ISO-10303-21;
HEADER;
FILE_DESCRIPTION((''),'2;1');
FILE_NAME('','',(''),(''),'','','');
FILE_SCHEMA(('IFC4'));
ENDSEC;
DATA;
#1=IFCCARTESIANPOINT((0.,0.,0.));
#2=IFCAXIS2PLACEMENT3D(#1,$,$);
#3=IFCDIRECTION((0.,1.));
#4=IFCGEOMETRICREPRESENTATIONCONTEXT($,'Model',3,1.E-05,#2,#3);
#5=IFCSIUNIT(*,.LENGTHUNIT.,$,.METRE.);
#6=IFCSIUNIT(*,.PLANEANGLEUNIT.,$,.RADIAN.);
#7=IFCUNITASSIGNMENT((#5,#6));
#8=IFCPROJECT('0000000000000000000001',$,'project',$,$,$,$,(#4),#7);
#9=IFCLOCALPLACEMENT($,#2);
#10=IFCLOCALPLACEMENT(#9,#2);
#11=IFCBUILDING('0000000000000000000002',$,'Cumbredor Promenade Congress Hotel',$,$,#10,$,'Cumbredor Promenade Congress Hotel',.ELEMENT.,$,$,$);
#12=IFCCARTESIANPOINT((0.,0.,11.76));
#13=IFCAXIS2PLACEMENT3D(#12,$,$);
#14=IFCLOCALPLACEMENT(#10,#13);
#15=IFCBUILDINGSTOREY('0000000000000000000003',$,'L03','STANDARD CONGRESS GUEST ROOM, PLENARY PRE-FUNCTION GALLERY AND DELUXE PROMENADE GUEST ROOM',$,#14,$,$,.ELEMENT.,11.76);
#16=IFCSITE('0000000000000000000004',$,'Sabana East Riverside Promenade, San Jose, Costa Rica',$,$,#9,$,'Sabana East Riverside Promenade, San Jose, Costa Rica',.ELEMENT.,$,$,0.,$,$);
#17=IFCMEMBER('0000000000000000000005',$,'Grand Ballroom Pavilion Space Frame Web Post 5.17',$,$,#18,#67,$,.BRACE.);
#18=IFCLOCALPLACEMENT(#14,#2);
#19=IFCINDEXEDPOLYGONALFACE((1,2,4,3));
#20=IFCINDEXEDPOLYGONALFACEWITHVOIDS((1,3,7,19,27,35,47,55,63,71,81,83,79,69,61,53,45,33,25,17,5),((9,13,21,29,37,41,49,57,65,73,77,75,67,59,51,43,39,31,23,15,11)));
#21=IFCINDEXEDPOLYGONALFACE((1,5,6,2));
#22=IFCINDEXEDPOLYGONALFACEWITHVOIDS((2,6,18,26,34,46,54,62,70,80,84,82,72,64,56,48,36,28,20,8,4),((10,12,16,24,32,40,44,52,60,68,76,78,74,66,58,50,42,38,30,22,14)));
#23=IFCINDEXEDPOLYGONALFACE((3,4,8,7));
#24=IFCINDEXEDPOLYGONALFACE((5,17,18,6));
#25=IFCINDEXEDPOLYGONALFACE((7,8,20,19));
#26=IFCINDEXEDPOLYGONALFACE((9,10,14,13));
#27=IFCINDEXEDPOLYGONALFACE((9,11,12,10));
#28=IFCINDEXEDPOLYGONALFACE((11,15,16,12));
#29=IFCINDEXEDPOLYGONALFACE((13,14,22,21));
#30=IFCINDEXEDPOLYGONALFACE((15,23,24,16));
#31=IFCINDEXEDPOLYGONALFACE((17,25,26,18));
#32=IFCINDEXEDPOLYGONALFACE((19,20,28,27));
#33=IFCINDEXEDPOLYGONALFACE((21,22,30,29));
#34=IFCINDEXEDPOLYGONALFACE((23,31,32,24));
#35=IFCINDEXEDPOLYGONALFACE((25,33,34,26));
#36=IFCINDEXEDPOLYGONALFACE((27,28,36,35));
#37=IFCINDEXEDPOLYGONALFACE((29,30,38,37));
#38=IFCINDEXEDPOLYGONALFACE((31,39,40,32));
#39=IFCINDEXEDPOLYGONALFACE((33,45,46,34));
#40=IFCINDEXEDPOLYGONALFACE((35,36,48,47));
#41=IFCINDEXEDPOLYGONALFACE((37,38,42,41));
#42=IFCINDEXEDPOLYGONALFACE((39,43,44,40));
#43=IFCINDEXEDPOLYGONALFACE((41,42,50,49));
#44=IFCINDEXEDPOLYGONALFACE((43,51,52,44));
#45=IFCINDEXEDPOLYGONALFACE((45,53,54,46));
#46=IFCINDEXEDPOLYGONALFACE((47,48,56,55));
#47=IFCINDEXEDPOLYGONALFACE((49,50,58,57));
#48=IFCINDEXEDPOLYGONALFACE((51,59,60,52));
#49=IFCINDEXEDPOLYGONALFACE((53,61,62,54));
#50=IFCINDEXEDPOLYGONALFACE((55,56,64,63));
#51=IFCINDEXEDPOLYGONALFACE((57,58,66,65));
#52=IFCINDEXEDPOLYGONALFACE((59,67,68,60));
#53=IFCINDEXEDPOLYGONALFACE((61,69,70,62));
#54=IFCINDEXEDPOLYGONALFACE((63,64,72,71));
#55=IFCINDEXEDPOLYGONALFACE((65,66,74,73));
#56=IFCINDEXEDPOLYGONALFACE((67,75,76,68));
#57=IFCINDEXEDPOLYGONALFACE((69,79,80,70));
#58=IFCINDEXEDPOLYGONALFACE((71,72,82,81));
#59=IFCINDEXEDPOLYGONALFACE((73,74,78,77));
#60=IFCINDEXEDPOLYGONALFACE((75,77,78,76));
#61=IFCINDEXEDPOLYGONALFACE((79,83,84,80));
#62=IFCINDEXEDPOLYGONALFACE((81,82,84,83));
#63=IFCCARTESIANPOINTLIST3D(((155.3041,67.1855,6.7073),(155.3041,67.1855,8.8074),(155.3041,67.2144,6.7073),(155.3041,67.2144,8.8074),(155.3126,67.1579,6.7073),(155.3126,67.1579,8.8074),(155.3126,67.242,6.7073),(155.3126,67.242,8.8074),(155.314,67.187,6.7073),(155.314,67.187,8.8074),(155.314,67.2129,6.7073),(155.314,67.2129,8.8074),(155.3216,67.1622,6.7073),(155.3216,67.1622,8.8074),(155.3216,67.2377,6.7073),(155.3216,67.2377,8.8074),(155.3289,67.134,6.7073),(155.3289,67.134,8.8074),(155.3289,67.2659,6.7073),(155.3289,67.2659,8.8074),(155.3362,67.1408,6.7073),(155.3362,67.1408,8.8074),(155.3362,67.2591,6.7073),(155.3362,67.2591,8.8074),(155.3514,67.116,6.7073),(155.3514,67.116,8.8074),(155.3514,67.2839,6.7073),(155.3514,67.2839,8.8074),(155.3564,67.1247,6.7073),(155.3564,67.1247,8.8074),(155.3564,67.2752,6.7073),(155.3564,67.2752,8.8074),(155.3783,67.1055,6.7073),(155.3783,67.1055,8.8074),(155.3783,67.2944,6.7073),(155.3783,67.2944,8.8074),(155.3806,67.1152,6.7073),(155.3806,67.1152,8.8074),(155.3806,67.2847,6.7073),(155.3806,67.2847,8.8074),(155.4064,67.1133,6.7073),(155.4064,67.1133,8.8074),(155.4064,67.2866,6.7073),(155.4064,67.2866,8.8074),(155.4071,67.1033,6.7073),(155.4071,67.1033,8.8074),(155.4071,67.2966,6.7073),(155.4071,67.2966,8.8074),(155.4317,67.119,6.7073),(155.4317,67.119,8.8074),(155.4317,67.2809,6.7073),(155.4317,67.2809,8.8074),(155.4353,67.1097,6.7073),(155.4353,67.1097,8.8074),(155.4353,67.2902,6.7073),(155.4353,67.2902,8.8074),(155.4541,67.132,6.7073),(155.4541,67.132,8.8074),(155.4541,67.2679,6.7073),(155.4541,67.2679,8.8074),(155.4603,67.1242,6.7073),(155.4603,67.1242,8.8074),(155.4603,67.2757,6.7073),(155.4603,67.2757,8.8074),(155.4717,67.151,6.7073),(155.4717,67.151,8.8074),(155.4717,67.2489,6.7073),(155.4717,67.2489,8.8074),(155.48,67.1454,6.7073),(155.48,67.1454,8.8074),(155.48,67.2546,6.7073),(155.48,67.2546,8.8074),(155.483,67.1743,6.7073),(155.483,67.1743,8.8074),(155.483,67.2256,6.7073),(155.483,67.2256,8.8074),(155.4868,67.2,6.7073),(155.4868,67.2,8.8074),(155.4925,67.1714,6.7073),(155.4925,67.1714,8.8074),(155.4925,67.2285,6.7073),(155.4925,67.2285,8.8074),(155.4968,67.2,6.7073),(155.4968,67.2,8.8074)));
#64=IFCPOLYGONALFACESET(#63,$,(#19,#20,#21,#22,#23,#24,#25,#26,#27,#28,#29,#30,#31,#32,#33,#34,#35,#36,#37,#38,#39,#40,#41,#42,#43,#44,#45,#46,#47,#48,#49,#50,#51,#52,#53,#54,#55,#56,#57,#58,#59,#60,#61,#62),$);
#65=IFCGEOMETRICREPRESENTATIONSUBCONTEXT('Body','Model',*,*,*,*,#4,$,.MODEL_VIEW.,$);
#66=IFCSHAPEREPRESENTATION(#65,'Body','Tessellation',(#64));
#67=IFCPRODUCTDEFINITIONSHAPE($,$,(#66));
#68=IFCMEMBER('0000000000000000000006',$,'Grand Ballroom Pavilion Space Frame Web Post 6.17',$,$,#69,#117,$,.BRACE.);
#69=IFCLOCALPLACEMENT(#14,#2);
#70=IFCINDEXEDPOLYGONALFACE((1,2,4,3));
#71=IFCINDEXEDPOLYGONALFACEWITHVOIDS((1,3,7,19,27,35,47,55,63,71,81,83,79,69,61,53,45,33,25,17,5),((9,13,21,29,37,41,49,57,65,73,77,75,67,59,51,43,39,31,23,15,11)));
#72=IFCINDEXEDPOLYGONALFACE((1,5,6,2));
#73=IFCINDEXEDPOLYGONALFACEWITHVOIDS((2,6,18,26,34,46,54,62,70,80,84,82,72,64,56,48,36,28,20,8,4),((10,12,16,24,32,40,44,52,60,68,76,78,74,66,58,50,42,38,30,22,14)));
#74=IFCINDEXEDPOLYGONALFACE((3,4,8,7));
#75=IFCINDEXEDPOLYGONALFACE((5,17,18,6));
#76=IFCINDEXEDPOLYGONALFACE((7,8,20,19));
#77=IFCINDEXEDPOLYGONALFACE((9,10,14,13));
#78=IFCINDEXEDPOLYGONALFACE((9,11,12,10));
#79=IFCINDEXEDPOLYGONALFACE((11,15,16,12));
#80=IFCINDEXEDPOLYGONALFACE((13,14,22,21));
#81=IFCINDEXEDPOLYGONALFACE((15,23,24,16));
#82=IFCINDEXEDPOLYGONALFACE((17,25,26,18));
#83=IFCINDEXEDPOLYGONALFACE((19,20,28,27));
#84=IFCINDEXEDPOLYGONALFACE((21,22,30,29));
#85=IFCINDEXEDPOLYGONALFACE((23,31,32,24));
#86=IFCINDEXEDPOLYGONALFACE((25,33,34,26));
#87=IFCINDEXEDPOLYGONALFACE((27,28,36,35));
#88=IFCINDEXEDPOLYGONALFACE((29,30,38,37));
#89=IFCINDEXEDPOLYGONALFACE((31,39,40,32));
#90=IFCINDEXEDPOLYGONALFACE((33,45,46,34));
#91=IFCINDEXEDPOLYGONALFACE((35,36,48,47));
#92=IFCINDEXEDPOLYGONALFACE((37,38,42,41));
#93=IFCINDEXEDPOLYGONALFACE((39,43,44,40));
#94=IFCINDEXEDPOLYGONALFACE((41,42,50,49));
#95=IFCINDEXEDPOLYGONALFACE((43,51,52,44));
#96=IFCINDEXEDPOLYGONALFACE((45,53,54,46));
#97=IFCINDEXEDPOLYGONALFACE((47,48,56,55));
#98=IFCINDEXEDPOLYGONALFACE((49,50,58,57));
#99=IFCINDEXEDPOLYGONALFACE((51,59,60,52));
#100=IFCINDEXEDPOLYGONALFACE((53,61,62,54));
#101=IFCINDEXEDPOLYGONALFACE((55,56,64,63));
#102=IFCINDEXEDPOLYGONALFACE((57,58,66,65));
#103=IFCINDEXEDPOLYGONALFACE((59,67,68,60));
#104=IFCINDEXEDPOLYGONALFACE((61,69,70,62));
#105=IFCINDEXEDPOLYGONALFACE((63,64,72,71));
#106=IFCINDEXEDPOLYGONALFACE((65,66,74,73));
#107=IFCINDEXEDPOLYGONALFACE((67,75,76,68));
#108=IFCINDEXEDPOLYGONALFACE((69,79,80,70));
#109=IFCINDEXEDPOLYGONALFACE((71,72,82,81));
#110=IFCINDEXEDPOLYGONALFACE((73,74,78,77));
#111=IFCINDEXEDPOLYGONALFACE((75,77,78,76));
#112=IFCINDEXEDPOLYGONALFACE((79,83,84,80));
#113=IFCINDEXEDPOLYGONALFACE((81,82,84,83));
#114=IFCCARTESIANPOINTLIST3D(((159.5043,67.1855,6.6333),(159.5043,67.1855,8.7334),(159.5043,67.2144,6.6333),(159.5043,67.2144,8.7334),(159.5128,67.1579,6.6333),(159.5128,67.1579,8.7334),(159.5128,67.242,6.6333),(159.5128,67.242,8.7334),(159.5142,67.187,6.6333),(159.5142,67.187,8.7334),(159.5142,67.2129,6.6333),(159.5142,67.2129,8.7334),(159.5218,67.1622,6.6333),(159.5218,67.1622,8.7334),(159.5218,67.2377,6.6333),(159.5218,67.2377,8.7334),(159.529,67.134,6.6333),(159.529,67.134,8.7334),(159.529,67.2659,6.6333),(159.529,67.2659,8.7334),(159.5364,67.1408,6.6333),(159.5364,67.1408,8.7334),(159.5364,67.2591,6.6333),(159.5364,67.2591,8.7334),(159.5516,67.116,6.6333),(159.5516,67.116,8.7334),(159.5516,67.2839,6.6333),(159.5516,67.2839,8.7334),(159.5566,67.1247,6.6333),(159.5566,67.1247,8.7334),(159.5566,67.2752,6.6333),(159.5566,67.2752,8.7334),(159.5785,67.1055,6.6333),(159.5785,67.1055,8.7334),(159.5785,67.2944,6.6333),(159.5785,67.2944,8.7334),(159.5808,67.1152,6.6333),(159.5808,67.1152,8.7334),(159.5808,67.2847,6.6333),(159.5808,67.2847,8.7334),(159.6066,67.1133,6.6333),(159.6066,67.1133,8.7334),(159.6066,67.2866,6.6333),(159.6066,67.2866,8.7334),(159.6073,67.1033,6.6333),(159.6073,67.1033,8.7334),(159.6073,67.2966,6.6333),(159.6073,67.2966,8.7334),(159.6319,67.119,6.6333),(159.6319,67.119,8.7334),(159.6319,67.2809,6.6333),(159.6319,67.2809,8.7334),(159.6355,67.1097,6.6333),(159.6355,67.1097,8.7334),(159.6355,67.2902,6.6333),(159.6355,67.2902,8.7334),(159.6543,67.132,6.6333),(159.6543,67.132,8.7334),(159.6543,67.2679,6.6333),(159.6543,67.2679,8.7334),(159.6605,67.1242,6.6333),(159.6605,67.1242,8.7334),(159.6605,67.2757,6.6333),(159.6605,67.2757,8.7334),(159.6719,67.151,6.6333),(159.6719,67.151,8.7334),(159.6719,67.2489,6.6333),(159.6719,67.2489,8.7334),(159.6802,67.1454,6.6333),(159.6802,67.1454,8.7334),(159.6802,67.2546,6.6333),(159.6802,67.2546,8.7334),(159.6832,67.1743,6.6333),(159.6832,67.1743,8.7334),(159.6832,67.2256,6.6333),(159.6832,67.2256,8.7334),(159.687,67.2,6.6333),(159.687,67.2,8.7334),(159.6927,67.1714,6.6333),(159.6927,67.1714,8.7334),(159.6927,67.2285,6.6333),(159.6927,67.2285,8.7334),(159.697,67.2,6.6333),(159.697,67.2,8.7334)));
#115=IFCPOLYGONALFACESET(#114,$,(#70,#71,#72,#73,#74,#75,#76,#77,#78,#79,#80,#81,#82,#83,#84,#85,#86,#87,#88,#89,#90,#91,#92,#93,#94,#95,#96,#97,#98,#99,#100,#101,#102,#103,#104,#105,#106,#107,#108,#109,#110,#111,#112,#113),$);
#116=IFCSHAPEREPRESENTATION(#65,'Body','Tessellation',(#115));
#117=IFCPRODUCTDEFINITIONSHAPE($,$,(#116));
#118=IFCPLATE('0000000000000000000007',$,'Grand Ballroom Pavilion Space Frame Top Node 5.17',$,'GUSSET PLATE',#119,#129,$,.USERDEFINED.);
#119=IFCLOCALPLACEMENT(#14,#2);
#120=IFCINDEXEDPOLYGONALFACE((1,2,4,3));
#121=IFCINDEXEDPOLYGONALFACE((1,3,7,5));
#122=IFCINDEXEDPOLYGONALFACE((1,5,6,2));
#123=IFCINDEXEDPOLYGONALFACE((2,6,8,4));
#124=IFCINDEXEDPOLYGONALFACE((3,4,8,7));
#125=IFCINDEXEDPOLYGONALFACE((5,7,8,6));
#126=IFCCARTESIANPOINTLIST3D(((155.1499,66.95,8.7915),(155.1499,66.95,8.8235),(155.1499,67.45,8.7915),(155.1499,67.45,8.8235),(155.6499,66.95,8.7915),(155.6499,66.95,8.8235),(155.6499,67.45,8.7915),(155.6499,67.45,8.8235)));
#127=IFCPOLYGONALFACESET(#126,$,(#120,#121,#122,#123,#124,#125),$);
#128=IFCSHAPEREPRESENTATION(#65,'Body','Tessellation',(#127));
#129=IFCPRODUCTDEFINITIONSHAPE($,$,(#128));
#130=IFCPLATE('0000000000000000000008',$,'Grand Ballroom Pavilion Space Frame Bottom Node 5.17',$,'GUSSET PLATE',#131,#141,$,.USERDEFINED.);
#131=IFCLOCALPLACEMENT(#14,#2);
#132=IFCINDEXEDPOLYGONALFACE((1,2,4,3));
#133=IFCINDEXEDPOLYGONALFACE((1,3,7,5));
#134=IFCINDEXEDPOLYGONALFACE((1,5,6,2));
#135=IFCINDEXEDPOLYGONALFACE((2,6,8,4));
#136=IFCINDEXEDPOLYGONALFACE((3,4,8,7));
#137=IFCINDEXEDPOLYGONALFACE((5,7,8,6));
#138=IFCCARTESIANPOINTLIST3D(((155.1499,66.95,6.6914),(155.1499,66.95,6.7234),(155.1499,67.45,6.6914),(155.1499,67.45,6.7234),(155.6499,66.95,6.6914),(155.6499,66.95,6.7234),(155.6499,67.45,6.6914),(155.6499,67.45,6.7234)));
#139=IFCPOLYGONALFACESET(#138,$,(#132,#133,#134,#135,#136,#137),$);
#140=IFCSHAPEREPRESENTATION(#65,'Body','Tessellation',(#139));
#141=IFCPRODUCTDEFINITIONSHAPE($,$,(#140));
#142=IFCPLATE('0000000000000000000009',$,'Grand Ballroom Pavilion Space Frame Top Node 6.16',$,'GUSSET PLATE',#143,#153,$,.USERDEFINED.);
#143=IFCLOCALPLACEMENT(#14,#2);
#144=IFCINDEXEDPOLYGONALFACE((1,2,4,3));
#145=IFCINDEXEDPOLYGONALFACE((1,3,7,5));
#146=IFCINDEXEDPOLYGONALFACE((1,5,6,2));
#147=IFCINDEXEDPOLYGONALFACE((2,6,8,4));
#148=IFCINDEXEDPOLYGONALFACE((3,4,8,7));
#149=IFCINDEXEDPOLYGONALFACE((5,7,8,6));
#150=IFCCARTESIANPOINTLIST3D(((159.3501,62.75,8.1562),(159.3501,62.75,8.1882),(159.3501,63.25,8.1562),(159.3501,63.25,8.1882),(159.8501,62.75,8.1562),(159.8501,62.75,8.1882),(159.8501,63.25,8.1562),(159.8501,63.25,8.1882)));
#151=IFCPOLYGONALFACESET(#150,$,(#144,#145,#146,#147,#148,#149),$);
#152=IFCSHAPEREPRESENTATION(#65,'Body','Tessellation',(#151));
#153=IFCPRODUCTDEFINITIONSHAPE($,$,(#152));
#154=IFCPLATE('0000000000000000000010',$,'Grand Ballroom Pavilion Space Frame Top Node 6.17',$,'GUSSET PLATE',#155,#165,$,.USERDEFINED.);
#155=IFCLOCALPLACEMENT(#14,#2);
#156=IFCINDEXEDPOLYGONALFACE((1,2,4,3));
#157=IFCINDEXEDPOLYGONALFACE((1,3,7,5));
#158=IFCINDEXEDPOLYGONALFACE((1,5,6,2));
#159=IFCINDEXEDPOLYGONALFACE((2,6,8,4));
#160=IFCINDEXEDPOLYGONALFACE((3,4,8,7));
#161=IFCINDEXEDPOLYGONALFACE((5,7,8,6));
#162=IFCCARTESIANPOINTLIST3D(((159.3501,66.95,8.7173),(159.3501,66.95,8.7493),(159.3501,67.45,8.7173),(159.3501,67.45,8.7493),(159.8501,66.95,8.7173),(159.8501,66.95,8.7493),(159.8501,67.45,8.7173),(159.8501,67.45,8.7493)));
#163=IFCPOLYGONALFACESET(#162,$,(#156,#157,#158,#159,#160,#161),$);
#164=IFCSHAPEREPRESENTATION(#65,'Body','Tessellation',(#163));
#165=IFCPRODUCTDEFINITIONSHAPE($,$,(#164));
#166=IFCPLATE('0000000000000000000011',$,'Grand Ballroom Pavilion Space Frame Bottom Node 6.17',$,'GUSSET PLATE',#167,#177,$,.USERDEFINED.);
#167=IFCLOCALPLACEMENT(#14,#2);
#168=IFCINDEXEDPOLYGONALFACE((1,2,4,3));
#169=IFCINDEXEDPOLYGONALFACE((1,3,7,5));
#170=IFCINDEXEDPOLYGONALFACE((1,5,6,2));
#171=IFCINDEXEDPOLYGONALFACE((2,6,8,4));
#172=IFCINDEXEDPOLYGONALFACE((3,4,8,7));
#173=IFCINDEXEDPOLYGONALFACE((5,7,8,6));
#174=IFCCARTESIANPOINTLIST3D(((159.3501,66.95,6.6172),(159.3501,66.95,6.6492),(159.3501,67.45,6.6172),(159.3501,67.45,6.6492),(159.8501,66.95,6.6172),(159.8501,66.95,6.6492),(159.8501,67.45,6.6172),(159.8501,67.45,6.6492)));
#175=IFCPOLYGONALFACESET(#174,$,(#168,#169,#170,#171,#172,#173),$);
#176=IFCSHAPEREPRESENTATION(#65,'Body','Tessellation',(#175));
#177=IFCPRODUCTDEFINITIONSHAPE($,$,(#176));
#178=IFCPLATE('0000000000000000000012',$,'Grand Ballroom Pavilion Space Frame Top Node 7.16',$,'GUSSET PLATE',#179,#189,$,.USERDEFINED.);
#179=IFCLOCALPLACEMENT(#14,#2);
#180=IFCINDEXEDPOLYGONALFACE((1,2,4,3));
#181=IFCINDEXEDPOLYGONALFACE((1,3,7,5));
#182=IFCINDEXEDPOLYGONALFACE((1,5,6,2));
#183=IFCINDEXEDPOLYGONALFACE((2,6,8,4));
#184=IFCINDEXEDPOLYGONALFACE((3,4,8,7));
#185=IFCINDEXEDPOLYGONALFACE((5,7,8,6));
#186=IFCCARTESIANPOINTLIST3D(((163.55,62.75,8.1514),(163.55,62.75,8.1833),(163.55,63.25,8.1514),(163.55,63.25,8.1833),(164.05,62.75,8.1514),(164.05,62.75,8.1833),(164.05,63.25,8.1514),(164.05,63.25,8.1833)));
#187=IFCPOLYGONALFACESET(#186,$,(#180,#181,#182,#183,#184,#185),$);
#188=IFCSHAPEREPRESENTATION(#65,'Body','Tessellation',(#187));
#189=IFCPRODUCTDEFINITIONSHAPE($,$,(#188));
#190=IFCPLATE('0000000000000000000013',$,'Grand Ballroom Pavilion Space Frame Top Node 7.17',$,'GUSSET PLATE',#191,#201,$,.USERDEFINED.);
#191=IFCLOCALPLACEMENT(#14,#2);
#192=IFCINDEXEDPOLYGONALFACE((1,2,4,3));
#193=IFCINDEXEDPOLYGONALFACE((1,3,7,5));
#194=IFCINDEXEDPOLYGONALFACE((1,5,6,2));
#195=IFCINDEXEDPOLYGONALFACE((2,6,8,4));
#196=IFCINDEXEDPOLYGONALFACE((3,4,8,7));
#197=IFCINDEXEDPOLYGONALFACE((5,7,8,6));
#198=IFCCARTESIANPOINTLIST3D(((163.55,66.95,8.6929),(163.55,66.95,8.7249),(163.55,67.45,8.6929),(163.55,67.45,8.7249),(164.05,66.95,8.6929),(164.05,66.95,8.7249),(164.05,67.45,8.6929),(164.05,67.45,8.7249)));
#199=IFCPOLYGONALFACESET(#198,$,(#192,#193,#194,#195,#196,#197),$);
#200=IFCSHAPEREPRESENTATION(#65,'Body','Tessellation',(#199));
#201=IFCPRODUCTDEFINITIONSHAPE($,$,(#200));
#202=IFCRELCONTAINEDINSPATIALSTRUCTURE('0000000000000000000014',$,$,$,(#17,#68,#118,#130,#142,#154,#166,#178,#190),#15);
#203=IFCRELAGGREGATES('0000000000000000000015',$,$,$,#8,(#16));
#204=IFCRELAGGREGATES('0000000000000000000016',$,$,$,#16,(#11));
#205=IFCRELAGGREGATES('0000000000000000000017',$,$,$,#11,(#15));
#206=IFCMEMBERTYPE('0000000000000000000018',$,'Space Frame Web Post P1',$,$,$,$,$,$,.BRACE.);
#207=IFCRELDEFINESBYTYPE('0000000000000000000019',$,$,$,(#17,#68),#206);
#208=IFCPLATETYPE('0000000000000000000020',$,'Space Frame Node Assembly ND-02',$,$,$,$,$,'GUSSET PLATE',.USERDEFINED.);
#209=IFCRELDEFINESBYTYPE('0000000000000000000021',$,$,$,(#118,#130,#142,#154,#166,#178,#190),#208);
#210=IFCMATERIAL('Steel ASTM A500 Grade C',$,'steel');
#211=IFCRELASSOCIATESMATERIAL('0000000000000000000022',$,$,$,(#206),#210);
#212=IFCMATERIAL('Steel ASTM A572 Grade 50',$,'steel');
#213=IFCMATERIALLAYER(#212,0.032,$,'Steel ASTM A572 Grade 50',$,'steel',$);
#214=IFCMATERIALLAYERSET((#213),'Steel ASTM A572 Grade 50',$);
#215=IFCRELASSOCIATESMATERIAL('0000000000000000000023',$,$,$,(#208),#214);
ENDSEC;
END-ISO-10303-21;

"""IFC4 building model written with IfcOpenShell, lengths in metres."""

from ifc_helpers import new_model, si_unit, direction, frame, origin, origin_2d, place, context, subcontext, project, spatial, rectangle, hollow_circle, extrude, material, layer, layer_set, material_profile, profile_set, type_object, element, save


model = new_model("IFC4")

# Units and contexts
model_context = context("Model", 3, precision=1e-05, world=origin(), true_north=direction((0.0, 1.0)))
body_context = subcontext(model_context, "Body", "Model", "MODEL_VIEW")
ifc_project = project(units=[si_unit("LENGTHUNIT", "METRE"), si_unit("PLANEANGLEUNIT", "RADIAN")], contexts=[model_context])

# Site, building, storey
site_placement = place(None, origin())
site = spatial("IfcSite", under=ifc_project, at=site_placement, Name="Sabana East Riverside Promenade, San Jose, Costa Rica", LongName="Sabana East Riverside Promenade, San Jose, Costa Rica", CompositionType="ELEMENT", RefElevation=0.0)
building_placement = place(site_placement, origin())
building = spatial("IfcBuilding", under=site, at=building_placement, Name="Cumbredor Promenade Congress Hotel", LongName="Cumbredor Promenade Congress Hotel", CompositionType="ELEMENT")
storey_placement = place(building_placement, frame((0.0, 0.0, 11.76)))
storey = spatial("IfcBuildingStorey", under=building, at=storey_placement, Name="L03", Description="STANDARD CONGRESS GUEST ROOM, PLENARY PRE-FUNCTION GALLERY AND DELUXE PROMENADE GUEST ROOM", CompositionType="ELEMENT", Elevation=11.76)

# Shared definitions
ifc_material_1 = material(Name="Steel ASTM A500 Grade C", Category="steel")

# Members
ifc_material_profile_1 = material_profile(ifc_material_1, hollow_circle(Radius=0.0969, WallThickness=0.01, at=origin_2d()), Name="CHS 193.7x10")
ifc_profile_set_1 = profile_set([ifc_material_profile_1], Name="Steel ASTM A500 Grade C")
member_type_1 = type_object("IfcMemberType", Name="Space Frame Web Post P1", PredefinedType="BRACE", material=ifc_profile_set_1)
for number, where, z_axis, x_axis, name in (
    (1, (155.3999, 67.2, 6.7073), (0.0, 0.0, 1.0), (1.0, 0.0, 0.0), "Grand Ballroom Pavilion Space Frame Web Post 5.17"),
    (2, (159.6001, 67.2, 6.6333), (0.0, 0.0, 1.0), (1.0, 0.0, 0.0), "Grand Ballroom Pavilion Space Frame Web Post 6.17"),
):
    element("IfcMember", number, at=place(storey_placement, frame(where, z_axis=z_axis, x_axis=x_axis)), inside=storey, type_object=member_type_1, Name=name, PredefinedType="BRACE", context=body_context, shape_type="SweptSolid", body=[
        extrude(hollow_circle(Radius=0.0969, WallThickness=0.01, at=origin_2d()), origin(), (0.0, 0.0, 1.0), 2.1001),
    ])

# Plates
ifc_material_2 = material(Name="Steel ASTM A572 Grade 50", Category="steel")
ifc_layer = layer(ifc_material_2, 0.032, Name="Steel ASTM A572 Grade 50", Category="steel")
ifc_layer_set = layer_set([ifc_layer], Name="Steel ASTM A572 Grade 50")
plate_type = type_object("IfcPlateType", Name="Space Frame Node Assembly ND-02", ElementType="GUSSET PLATE", PredefinedType="USERDEFINED", material=ifc_layer_set)
for number, where, z_axis, x_axis, name in (
    (3, (155.3999, 67.2, 8.7915), (0.0, 0.0, 1.0), (1.0, 0.0, 0.0), "Grand Ballroom Pavilion Space Frame Top Node 5.17"),
    (4, (155.3999, 67.2, 6.6914), (0.0, 0.0, 1.0), (1.0, 0.0, 0.0), "Grand Ballroom Pavilion Space Frame Bottom Node 5.17"),
    (5, (159.6001, 63.0, 8.1562), (0.0, 0.0, 1.0), (1.0, 0.0, 0.0), "Grand Ballroom Pavilion Space Frame Top Node 6.16"),
    (6, (159.6001, 67.2, 8.7173), (0.0, 0.0, 1.0), (1.0, 0.0, 0.0), "Grand Ballroom Pavilion Space Frame Top Node 6.17"),
    (7, (159.6001, 67.2, 6.6172), (0.0, 0.0, 1.0), (1.0, 0.0, 0.0), "Grand Ballroom Pavilion Space Frame Bottom Node 6.17"),
    (8, (163.8, 63.0, 8.1514), (0.0, 0.0, 1.0), (1.0, 0.0, 0.0), "Grand Ballroom Pavilion Space Frame Top Node 7.16"),
    (9, (163.8, 67.2, 8.6929), (0.0, 0.0, 1.0), (1.0, 0.0, 0.0), "Grand Ballroom Pavilion Space Frame Top Node 7.17"),
):
    element("IfcPlate", number, at=place(storey_placement, frame(where, z_axis=z_axis, x_axis=x_axis)), inside=storey, type_object=plate_type, Name=name, ObjectType="GUSSET PLATE", PredefinedType="USERDEFINED", context=body_context, shape_type="SweptSolid", body=[
        extrude(rectangle(XDim=0.5, YDim=0.5, at=origin_2d()), origin(), (0.0, 0.0, 1.0), 0.032),
    ])

save(model, "model.ifc")
